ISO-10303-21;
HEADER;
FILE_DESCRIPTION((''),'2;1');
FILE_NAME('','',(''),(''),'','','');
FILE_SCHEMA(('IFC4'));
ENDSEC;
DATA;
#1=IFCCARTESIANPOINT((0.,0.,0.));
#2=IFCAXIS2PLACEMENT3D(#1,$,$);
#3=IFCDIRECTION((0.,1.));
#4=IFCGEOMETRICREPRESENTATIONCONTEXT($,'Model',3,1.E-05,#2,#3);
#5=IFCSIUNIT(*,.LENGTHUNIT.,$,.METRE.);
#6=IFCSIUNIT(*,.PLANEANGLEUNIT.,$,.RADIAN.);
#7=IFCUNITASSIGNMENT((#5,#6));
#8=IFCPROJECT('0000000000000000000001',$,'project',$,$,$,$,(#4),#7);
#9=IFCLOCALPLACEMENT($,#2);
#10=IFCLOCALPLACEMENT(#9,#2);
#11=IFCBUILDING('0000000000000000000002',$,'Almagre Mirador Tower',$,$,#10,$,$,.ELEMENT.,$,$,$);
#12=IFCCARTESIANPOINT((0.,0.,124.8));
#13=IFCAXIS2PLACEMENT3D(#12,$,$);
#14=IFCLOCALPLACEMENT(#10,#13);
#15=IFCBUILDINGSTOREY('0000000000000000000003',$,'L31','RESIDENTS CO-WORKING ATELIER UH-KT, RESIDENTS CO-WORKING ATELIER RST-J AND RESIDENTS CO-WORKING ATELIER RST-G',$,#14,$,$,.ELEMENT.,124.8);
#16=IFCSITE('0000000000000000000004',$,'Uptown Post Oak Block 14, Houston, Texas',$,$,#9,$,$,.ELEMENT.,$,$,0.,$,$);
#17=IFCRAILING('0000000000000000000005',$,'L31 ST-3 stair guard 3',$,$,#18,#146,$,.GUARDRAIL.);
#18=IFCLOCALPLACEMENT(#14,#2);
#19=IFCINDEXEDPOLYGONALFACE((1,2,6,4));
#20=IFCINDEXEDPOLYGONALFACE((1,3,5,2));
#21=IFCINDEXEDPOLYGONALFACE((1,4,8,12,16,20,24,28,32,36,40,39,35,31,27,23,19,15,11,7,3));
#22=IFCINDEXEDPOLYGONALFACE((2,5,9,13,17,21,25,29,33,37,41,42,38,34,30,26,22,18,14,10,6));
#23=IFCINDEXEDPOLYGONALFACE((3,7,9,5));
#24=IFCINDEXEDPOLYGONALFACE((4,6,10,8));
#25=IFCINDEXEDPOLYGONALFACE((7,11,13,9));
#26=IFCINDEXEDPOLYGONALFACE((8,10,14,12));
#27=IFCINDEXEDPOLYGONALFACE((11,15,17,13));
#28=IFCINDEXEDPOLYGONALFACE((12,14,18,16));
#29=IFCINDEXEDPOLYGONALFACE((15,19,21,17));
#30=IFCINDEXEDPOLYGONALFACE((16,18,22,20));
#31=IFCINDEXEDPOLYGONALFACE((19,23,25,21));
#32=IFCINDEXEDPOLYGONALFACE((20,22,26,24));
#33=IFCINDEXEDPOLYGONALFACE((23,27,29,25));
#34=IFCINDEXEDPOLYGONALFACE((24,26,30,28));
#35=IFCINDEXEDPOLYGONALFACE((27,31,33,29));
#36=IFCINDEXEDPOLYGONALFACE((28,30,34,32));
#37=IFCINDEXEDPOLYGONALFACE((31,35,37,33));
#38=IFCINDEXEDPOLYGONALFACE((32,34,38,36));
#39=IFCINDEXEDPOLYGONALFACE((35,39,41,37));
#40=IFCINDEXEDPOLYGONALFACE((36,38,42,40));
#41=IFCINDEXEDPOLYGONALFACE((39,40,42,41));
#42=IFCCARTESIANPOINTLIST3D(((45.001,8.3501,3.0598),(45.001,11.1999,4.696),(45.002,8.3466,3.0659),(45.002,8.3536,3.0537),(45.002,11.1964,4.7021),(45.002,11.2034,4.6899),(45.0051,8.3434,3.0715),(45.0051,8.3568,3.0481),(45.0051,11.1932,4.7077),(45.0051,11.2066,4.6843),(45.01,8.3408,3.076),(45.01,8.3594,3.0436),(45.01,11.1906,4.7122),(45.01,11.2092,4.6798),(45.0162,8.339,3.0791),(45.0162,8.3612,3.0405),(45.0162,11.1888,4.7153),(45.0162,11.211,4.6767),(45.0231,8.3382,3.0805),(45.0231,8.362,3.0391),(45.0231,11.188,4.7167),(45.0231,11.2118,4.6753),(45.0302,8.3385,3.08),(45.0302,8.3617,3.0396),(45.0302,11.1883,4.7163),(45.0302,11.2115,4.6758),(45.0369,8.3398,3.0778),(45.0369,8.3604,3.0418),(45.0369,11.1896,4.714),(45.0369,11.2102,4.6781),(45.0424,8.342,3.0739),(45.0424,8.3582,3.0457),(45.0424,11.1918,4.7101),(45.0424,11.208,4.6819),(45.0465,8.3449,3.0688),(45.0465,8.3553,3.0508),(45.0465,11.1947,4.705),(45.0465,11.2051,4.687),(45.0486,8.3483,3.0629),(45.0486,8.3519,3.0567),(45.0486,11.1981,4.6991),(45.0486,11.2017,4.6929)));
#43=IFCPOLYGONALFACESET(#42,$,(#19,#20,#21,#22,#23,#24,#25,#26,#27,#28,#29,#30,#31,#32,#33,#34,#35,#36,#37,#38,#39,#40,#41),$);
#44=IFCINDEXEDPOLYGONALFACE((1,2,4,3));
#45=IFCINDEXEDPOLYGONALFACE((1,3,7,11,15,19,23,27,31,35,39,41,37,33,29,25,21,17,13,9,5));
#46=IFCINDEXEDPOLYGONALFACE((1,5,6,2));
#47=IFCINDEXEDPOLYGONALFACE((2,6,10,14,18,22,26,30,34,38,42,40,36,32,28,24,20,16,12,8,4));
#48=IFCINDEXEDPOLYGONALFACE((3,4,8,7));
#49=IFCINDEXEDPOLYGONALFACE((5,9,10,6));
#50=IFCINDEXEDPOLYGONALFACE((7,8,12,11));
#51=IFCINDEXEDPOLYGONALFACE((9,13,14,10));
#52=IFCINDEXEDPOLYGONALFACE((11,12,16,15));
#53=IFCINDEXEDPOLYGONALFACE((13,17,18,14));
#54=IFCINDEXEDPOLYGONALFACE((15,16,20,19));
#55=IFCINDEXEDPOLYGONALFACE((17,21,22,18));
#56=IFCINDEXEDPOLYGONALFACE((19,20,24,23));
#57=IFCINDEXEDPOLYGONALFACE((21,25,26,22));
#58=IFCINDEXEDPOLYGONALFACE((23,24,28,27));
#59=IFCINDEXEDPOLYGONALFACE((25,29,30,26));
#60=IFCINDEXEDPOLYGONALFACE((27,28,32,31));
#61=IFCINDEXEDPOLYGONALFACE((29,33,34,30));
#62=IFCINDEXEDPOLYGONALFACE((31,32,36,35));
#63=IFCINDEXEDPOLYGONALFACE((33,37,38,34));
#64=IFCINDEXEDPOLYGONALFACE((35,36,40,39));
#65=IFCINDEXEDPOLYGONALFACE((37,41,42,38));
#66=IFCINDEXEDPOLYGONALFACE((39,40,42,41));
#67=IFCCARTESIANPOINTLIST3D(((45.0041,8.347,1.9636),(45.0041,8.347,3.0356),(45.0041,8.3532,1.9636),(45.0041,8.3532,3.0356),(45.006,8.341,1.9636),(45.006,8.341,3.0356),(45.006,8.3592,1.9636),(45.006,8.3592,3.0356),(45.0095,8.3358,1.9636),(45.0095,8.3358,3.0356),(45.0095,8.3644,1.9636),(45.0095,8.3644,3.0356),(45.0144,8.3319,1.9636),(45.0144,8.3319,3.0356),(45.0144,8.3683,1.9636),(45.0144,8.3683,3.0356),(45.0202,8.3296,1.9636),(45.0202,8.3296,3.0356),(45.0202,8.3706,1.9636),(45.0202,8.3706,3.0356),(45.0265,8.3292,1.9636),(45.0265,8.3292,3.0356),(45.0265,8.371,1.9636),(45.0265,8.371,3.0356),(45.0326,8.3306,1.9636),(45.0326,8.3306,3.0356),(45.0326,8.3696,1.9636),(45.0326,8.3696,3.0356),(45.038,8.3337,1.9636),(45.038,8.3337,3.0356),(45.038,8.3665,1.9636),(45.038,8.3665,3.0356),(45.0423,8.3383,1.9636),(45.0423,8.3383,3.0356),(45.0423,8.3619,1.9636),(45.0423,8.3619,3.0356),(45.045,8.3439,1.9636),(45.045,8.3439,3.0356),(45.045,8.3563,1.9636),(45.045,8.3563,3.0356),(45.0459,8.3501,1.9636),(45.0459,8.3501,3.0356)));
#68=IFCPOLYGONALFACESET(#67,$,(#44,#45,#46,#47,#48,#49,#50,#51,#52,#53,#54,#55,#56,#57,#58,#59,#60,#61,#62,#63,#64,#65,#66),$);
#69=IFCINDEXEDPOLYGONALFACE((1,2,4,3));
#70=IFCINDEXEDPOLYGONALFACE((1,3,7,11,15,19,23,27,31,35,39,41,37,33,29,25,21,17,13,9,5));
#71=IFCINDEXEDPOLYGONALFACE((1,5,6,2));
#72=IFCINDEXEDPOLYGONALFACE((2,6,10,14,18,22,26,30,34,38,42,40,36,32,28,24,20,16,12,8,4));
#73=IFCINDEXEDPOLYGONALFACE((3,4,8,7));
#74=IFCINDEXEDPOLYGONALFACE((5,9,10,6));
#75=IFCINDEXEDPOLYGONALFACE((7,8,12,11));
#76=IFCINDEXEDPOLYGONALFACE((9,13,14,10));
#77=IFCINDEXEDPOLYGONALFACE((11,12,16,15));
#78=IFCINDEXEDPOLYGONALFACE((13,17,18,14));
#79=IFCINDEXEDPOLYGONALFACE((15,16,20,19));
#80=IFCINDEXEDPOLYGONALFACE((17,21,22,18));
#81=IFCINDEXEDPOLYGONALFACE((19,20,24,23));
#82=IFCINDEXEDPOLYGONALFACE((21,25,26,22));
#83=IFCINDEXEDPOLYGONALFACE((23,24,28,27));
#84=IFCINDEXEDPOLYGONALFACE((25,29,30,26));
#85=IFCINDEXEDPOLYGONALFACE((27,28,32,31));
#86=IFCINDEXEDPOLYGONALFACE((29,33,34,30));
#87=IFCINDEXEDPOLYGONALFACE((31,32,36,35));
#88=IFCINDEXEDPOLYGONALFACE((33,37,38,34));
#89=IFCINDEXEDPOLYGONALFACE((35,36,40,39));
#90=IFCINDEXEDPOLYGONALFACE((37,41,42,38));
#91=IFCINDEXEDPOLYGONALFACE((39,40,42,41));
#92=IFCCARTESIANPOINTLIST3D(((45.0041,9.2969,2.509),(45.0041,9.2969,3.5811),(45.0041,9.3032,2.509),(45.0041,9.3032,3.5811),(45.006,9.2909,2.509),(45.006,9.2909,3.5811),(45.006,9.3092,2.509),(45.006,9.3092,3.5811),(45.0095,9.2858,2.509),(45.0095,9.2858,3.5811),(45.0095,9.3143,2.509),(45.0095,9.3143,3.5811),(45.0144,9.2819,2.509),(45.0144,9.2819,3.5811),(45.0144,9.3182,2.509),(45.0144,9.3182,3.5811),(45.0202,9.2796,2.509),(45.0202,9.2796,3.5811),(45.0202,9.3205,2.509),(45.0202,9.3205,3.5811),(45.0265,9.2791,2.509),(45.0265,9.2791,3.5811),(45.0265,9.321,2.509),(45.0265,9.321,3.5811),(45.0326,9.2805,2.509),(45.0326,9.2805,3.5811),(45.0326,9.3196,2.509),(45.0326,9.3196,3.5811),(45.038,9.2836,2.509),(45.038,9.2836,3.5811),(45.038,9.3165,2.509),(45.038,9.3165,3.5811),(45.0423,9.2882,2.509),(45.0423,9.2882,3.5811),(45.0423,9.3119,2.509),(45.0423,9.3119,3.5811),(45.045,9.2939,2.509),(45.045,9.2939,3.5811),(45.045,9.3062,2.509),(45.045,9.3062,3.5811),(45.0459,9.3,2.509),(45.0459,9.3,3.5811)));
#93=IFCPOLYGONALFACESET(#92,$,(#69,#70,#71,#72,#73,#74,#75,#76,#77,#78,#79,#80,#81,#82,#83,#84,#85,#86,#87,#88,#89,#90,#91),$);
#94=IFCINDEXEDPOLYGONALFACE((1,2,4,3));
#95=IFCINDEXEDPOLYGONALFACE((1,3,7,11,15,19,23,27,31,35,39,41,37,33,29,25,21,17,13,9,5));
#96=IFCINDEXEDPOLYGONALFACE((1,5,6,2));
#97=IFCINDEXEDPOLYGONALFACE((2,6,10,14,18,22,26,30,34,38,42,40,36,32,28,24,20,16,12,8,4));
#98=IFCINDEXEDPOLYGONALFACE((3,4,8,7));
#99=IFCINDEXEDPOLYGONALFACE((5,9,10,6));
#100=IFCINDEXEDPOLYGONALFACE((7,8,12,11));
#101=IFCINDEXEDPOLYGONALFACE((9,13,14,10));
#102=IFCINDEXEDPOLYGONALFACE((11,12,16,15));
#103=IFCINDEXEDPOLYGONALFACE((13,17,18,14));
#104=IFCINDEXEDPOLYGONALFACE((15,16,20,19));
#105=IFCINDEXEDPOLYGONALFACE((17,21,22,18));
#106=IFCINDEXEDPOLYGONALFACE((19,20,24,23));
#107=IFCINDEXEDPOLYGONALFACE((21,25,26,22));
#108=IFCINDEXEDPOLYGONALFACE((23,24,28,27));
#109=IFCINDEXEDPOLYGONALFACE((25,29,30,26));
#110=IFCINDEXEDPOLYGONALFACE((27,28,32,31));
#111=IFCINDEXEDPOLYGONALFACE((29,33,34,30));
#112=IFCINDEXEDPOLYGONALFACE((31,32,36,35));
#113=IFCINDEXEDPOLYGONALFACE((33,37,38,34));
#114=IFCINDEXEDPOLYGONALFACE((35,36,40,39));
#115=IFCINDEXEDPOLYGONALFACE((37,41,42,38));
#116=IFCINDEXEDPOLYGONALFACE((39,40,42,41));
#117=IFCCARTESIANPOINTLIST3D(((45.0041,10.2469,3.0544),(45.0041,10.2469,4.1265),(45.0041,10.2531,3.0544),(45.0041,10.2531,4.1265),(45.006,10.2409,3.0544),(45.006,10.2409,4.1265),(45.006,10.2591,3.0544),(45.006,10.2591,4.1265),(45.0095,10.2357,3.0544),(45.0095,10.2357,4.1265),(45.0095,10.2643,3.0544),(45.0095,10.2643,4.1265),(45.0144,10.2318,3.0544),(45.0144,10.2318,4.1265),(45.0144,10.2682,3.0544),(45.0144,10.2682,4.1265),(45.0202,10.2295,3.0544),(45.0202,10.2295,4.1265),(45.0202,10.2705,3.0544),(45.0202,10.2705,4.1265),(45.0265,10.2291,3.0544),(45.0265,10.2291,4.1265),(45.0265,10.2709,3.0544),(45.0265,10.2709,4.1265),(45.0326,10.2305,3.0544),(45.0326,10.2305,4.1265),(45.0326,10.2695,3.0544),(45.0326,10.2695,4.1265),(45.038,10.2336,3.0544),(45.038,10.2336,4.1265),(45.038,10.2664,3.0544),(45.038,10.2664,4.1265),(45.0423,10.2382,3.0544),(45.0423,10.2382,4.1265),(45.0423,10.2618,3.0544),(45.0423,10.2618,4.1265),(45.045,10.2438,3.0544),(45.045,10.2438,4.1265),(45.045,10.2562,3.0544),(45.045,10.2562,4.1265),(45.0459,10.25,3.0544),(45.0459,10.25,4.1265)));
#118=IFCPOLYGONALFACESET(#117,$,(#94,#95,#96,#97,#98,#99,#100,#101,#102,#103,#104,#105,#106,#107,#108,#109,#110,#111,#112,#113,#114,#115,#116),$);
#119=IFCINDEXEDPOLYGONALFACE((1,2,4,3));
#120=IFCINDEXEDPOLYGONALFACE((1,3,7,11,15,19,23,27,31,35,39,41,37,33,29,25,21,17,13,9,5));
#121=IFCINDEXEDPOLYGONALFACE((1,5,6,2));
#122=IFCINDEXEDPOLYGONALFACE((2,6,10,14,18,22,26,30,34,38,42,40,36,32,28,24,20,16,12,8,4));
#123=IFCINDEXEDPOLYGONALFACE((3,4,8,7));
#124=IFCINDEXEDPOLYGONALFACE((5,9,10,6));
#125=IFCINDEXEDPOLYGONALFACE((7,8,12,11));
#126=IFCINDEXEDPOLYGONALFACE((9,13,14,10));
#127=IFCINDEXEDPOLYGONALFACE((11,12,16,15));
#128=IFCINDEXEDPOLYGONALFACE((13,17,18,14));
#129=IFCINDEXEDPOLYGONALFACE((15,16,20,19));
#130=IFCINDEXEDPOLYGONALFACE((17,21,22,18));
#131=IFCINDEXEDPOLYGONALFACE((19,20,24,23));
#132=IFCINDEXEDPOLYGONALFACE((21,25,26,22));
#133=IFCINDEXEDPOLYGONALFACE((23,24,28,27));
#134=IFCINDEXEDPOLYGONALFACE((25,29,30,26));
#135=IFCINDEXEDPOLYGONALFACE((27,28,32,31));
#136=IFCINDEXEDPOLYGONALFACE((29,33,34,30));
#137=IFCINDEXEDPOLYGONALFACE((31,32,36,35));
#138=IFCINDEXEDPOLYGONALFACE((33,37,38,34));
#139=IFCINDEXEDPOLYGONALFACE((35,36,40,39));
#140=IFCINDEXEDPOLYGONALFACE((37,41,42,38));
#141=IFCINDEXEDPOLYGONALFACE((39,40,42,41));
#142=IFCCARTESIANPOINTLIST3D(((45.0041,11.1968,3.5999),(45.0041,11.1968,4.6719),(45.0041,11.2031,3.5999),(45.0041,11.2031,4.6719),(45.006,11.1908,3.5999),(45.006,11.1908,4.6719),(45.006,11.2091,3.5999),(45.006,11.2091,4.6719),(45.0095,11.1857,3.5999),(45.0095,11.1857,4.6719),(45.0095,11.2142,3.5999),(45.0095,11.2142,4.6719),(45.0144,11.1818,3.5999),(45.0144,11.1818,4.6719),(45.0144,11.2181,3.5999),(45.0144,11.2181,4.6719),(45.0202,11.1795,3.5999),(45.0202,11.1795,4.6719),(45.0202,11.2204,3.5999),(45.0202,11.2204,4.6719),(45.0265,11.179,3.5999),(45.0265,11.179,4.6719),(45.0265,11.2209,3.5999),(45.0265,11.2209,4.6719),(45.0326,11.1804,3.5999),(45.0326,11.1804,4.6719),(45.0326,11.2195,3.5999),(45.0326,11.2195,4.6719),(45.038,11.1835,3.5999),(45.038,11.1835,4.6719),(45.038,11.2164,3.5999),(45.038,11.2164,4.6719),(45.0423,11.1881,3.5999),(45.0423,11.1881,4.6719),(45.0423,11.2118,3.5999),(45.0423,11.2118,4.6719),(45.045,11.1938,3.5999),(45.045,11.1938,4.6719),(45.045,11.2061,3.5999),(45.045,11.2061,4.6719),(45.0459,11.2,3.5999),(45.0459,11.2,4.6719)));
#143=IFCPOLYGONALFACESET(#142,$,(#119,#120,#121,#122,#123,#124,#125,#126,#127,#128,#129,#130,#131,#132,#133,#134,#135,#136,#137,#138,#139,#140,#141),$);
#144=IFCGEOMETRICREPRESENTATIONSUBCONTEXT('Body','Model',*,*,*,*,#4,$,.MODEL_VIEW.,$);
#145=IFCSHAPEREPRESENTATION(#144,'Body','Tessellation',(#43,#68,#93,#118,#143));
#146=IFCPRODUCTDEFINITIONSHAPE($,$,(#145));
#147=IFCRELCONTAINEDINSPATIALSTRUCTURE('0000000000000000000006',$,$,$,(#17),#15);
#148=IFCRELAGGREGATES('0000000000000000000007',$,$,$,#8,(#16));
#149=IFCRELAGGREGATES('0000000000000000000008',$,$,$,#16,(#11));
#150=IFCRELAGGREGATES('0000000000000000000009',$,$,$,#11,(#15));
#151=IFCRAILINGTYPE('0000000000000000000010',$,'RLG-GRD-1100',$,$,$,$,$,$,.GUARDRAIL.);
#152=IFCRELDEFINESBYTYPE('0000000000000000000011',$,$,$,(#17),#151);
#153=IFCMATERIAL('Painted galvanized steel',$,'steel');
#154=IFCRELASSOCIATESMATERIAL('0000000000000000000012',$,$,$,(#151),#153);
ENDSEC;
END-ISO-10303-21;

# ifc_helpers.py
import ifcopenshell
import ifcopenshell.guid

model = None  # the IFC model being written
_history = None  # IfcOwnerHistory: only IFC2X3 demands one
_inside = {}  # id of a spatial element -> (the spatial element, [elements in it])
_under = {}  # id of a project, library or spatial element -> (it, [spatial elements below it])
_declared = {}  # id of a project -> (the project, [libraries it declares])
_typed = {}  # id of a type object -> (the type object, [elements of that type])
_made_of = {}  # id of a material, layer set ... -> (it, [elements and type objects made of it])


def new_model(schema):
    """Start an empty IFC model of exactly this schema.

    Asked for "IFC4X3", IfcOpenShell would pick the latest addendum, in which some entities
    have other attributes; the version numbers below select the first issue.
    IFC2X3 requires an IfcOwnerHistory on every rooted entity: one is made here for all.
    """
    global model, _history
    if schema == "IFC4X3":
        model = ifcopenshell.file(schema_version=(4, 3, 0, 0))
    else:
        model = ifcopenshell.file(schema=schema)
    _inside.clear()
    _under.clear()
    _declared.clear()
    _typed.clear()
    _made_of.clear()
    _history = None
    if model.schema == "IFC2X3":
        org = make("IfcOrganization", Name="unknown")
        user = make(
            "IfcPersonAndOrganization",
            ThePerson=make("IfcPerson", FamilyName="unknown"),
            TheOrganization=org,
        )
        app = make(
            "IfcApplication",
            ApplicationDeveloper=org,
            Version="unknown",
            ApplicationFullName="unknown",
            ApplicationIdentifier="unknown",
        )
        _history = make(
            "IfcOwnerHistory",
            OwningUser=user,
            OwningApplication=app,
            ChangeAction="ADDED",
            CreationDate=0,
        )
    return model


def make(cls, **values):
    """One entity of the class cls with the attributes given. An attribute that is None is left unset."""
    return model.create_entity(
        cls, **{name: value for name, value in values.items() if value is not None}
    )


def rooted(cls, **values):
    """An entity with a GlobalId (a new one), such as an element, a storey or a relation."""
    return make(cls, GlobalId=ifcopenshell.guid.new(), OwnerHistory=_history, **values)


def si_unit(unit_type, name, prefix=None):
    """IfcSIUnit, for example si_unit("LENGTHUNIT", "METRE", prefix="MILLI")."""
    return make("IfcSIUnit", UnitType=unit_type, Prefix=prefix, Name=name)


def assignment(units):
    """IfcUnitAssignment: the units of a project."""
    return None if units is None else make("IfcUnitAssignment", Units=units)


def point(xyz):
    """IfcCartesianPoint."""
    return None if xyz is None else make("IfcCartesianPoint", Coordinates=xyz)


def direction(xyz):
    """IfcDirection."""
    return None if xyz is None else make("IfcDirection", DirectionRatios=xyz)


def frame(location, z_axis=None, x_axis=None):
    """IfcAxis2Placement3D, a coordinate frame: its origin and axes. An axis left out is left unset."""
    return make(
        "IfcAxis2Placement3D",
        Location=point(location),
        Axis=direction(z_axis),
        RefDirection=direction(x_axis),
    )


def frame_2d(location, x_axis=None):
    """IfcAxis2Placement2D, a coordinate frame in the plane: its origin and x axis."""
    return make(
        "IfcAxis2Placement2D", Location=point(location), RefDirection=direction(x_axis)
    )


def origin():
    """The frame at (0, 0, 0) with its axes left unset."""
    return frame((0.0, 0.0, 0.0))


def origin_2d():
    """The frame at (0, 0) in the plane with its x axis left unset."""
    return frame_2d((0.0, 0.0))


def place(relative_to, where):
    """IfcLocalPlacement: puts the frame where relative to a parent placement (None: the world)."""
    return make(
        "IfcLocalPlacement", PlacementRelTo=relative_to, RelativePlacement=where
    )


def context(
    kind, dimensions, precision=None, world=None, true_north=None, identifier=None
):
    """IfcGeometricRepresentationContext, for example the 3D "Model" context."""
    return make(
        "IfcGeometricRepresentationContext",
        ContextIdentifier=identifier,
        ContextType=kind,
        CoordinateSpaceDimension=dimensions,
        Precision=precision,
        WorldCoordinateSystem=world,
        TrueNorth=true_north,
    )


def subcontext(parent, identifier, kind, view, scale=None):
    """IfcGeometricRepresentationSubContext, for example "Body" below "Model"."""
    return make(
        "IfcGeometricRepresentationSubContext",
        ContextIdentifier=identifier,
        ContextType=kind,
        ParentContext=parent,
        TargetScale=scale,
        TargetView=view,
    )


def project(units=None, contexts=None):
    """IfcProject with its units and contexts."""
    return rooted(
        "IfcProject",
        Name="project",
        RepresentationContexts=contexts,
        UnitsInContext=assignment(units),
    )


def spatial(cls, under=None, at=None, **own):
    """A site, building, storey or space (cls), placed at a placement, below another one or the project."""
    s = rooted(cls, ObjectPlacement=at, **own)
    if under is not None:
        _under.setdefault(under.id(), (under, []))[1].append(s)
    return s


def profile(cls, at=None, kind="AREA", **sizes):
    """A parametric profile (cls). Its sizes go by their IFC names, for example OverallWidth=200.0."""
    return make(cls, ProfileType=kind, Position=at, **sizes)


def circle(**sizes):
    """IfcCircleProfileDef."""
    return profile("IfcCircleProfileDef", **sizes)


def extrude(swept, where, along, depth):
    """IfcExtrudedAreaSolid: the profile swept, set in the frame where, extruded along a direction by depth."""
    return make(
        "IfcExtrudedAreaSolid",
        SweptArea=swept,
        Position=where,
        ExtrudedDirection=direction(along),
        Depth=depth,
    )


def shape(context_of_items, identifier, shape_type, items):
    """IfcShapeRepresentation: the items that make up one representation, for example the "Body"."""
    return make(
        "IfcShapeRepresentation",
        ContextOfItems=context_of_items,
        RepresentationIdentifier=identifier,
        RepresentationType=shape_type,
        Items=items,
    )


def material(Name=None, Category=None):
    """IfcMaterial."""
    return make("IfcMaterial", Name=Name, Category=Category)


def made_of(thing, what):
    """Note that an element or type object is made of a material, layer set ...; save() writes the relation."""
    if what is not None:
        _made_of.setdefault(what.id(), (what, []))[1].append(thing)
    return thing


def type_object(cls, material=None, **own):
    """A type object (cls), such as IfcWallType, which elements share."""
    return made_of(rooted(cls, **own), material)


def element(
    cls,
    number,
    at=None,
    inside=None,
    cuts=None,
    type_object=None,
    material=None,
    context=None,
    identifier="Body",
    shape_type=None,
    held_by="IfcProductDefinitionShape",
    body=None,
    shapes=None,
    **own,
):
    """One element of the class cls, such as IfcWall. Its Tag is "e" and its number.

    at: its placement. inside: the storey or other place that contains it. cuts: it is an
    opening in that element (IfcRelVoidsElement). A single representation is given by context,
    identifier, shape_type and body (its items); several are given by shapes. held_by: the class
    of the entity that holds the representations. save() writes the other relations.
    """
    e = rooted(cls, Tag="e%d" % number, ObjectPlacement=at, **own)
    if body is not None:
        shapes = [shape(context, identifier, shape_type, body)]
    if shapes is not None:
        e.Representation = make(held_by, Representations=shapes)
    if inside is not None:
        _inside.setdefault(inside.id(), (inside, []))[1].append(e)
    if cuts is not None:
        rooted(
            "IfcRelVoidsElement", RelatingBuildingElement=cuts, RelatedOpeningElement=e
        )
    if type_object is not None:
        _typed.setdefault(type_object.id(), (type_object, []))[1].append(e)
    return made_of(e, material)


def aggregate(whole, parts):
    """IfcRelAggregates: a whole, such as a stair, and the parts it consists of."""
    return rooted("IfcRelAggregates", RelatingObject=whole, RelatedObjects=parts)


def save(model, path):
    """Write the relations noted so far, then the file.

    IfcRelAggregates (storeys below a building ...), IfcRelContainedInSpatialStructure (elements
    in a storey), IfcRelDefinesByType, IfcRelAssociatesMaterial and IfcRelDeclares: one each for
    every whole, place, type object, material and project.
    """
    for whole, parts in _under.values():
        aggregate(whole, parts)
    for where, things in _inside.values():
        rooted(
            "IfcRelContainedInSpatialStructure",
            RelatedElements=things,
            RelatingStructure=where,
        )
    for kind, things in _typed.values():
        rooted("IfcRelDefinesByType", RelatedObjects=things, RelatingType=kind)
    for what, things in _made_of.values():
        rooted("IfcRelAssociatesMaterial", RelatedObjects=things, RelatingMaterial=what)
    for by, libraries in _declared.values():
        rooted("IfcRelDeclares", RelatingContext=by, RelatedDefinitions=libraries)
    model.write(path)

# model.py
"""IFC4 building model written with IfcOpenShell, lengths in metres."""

from ifc_helpers import new_model, si_unit, direction, frame, origin, origin_2d, place, context, subcontext, project, spatial, circle, extrude, material, type_object, element, save


model = new_model("IFC4")

# Units and contexts
model_context = context("Model", 3, precision=1e-05, world=origin(), true_north=direction((0.0, 1.0)))
body_context = subcontext(model_context, "Body", "Model", "MODEL_VIEW")
ifc_project = project(units=[si_unit("LENGTHUNIT", "METRE"), si_unit("PLANEANGLEUNIT", "RADIAN")], contexts=[model_context])

# Site, building, storey
site_placement = place(None, origin())
site = spatial("IfcSite", under=ifc_project, at=site_placement, Name="Uptown Post Oak Block 14, Houston, Texas", CompositionType="ELEMENT", RefElevation=0.0)
building_placement = place(site_placement, origin())
building = spatial("IfcBuilding", under=site, at=building_placement, Name="Almagre Mirador Tower", CompositionType="ELEMENT")
storey_placement = place(building_placement, frame((0.0, 0.0, 124.8)))
storey = spatial("IfcBuildingStorey", under=building, at=storey_placement, Name="L31", Description="RESIDENTS CO-WORKING ATELIER UH-KT, RESIDENTS CO-WORKING ATELIER RST-J AND RESIDENTS CO-WORKING ATELIER RST-G", CompositionType="ELEMENT", Elevation=124.8)

# Railing
ifc_material_1 = material(Name="Painted galvanized steel", Category="steel")
railing_type_1 = type_object("IfcRailingType", Name="RLG-GRD-1100", PredefinedType="GUARDRAIL", material=ifc_material_1)
railing_1_placement = place(storey_placement, frame((45.0249, 8.3501, 1.9636)))
element("IfcRailing", 1, at=railing_1_placement, inside=storey, type_object=railing_type_1, Name="L31 ST-3 stair guard 3", PredefinedType="GUARDRAIL", context=body_context, shape_type="SweptSolid", body=[
    extrude(circle(Radius=0.0239, at=origin_2d()), frame((0.0, 0.0, 1.0962), z_axis=(0.0, 0.867226, 0.497914), x_axis=(-1.0, 0.0, 0.0)), (0.0, 0.0, 1.0), 3.2861),
    extrude(circle(Radius=0.021, at=origin_2d()), origin(), (0.0, 0.0, 1.0), 1.072),
    extrude(circle(Radius=0.021, at=origin_2d()), frame((0.0, 0.95, 0.5454)), (0.0, 0.0, 1.0), 1.072),
    extrude(circle(Radius=0.021, at=origin_2d()), frame((0.0, 1.8999, 1.0908)), (0.0, 0.0, 1.0), 1.072),
    extrude(circle(Radius=0.021, at=origin_2d()), frame((0.0, 2.8499, 1.6362)), (0.0, 0.0, 1.0), 1.072),
])

save(model, "model.ifc")
